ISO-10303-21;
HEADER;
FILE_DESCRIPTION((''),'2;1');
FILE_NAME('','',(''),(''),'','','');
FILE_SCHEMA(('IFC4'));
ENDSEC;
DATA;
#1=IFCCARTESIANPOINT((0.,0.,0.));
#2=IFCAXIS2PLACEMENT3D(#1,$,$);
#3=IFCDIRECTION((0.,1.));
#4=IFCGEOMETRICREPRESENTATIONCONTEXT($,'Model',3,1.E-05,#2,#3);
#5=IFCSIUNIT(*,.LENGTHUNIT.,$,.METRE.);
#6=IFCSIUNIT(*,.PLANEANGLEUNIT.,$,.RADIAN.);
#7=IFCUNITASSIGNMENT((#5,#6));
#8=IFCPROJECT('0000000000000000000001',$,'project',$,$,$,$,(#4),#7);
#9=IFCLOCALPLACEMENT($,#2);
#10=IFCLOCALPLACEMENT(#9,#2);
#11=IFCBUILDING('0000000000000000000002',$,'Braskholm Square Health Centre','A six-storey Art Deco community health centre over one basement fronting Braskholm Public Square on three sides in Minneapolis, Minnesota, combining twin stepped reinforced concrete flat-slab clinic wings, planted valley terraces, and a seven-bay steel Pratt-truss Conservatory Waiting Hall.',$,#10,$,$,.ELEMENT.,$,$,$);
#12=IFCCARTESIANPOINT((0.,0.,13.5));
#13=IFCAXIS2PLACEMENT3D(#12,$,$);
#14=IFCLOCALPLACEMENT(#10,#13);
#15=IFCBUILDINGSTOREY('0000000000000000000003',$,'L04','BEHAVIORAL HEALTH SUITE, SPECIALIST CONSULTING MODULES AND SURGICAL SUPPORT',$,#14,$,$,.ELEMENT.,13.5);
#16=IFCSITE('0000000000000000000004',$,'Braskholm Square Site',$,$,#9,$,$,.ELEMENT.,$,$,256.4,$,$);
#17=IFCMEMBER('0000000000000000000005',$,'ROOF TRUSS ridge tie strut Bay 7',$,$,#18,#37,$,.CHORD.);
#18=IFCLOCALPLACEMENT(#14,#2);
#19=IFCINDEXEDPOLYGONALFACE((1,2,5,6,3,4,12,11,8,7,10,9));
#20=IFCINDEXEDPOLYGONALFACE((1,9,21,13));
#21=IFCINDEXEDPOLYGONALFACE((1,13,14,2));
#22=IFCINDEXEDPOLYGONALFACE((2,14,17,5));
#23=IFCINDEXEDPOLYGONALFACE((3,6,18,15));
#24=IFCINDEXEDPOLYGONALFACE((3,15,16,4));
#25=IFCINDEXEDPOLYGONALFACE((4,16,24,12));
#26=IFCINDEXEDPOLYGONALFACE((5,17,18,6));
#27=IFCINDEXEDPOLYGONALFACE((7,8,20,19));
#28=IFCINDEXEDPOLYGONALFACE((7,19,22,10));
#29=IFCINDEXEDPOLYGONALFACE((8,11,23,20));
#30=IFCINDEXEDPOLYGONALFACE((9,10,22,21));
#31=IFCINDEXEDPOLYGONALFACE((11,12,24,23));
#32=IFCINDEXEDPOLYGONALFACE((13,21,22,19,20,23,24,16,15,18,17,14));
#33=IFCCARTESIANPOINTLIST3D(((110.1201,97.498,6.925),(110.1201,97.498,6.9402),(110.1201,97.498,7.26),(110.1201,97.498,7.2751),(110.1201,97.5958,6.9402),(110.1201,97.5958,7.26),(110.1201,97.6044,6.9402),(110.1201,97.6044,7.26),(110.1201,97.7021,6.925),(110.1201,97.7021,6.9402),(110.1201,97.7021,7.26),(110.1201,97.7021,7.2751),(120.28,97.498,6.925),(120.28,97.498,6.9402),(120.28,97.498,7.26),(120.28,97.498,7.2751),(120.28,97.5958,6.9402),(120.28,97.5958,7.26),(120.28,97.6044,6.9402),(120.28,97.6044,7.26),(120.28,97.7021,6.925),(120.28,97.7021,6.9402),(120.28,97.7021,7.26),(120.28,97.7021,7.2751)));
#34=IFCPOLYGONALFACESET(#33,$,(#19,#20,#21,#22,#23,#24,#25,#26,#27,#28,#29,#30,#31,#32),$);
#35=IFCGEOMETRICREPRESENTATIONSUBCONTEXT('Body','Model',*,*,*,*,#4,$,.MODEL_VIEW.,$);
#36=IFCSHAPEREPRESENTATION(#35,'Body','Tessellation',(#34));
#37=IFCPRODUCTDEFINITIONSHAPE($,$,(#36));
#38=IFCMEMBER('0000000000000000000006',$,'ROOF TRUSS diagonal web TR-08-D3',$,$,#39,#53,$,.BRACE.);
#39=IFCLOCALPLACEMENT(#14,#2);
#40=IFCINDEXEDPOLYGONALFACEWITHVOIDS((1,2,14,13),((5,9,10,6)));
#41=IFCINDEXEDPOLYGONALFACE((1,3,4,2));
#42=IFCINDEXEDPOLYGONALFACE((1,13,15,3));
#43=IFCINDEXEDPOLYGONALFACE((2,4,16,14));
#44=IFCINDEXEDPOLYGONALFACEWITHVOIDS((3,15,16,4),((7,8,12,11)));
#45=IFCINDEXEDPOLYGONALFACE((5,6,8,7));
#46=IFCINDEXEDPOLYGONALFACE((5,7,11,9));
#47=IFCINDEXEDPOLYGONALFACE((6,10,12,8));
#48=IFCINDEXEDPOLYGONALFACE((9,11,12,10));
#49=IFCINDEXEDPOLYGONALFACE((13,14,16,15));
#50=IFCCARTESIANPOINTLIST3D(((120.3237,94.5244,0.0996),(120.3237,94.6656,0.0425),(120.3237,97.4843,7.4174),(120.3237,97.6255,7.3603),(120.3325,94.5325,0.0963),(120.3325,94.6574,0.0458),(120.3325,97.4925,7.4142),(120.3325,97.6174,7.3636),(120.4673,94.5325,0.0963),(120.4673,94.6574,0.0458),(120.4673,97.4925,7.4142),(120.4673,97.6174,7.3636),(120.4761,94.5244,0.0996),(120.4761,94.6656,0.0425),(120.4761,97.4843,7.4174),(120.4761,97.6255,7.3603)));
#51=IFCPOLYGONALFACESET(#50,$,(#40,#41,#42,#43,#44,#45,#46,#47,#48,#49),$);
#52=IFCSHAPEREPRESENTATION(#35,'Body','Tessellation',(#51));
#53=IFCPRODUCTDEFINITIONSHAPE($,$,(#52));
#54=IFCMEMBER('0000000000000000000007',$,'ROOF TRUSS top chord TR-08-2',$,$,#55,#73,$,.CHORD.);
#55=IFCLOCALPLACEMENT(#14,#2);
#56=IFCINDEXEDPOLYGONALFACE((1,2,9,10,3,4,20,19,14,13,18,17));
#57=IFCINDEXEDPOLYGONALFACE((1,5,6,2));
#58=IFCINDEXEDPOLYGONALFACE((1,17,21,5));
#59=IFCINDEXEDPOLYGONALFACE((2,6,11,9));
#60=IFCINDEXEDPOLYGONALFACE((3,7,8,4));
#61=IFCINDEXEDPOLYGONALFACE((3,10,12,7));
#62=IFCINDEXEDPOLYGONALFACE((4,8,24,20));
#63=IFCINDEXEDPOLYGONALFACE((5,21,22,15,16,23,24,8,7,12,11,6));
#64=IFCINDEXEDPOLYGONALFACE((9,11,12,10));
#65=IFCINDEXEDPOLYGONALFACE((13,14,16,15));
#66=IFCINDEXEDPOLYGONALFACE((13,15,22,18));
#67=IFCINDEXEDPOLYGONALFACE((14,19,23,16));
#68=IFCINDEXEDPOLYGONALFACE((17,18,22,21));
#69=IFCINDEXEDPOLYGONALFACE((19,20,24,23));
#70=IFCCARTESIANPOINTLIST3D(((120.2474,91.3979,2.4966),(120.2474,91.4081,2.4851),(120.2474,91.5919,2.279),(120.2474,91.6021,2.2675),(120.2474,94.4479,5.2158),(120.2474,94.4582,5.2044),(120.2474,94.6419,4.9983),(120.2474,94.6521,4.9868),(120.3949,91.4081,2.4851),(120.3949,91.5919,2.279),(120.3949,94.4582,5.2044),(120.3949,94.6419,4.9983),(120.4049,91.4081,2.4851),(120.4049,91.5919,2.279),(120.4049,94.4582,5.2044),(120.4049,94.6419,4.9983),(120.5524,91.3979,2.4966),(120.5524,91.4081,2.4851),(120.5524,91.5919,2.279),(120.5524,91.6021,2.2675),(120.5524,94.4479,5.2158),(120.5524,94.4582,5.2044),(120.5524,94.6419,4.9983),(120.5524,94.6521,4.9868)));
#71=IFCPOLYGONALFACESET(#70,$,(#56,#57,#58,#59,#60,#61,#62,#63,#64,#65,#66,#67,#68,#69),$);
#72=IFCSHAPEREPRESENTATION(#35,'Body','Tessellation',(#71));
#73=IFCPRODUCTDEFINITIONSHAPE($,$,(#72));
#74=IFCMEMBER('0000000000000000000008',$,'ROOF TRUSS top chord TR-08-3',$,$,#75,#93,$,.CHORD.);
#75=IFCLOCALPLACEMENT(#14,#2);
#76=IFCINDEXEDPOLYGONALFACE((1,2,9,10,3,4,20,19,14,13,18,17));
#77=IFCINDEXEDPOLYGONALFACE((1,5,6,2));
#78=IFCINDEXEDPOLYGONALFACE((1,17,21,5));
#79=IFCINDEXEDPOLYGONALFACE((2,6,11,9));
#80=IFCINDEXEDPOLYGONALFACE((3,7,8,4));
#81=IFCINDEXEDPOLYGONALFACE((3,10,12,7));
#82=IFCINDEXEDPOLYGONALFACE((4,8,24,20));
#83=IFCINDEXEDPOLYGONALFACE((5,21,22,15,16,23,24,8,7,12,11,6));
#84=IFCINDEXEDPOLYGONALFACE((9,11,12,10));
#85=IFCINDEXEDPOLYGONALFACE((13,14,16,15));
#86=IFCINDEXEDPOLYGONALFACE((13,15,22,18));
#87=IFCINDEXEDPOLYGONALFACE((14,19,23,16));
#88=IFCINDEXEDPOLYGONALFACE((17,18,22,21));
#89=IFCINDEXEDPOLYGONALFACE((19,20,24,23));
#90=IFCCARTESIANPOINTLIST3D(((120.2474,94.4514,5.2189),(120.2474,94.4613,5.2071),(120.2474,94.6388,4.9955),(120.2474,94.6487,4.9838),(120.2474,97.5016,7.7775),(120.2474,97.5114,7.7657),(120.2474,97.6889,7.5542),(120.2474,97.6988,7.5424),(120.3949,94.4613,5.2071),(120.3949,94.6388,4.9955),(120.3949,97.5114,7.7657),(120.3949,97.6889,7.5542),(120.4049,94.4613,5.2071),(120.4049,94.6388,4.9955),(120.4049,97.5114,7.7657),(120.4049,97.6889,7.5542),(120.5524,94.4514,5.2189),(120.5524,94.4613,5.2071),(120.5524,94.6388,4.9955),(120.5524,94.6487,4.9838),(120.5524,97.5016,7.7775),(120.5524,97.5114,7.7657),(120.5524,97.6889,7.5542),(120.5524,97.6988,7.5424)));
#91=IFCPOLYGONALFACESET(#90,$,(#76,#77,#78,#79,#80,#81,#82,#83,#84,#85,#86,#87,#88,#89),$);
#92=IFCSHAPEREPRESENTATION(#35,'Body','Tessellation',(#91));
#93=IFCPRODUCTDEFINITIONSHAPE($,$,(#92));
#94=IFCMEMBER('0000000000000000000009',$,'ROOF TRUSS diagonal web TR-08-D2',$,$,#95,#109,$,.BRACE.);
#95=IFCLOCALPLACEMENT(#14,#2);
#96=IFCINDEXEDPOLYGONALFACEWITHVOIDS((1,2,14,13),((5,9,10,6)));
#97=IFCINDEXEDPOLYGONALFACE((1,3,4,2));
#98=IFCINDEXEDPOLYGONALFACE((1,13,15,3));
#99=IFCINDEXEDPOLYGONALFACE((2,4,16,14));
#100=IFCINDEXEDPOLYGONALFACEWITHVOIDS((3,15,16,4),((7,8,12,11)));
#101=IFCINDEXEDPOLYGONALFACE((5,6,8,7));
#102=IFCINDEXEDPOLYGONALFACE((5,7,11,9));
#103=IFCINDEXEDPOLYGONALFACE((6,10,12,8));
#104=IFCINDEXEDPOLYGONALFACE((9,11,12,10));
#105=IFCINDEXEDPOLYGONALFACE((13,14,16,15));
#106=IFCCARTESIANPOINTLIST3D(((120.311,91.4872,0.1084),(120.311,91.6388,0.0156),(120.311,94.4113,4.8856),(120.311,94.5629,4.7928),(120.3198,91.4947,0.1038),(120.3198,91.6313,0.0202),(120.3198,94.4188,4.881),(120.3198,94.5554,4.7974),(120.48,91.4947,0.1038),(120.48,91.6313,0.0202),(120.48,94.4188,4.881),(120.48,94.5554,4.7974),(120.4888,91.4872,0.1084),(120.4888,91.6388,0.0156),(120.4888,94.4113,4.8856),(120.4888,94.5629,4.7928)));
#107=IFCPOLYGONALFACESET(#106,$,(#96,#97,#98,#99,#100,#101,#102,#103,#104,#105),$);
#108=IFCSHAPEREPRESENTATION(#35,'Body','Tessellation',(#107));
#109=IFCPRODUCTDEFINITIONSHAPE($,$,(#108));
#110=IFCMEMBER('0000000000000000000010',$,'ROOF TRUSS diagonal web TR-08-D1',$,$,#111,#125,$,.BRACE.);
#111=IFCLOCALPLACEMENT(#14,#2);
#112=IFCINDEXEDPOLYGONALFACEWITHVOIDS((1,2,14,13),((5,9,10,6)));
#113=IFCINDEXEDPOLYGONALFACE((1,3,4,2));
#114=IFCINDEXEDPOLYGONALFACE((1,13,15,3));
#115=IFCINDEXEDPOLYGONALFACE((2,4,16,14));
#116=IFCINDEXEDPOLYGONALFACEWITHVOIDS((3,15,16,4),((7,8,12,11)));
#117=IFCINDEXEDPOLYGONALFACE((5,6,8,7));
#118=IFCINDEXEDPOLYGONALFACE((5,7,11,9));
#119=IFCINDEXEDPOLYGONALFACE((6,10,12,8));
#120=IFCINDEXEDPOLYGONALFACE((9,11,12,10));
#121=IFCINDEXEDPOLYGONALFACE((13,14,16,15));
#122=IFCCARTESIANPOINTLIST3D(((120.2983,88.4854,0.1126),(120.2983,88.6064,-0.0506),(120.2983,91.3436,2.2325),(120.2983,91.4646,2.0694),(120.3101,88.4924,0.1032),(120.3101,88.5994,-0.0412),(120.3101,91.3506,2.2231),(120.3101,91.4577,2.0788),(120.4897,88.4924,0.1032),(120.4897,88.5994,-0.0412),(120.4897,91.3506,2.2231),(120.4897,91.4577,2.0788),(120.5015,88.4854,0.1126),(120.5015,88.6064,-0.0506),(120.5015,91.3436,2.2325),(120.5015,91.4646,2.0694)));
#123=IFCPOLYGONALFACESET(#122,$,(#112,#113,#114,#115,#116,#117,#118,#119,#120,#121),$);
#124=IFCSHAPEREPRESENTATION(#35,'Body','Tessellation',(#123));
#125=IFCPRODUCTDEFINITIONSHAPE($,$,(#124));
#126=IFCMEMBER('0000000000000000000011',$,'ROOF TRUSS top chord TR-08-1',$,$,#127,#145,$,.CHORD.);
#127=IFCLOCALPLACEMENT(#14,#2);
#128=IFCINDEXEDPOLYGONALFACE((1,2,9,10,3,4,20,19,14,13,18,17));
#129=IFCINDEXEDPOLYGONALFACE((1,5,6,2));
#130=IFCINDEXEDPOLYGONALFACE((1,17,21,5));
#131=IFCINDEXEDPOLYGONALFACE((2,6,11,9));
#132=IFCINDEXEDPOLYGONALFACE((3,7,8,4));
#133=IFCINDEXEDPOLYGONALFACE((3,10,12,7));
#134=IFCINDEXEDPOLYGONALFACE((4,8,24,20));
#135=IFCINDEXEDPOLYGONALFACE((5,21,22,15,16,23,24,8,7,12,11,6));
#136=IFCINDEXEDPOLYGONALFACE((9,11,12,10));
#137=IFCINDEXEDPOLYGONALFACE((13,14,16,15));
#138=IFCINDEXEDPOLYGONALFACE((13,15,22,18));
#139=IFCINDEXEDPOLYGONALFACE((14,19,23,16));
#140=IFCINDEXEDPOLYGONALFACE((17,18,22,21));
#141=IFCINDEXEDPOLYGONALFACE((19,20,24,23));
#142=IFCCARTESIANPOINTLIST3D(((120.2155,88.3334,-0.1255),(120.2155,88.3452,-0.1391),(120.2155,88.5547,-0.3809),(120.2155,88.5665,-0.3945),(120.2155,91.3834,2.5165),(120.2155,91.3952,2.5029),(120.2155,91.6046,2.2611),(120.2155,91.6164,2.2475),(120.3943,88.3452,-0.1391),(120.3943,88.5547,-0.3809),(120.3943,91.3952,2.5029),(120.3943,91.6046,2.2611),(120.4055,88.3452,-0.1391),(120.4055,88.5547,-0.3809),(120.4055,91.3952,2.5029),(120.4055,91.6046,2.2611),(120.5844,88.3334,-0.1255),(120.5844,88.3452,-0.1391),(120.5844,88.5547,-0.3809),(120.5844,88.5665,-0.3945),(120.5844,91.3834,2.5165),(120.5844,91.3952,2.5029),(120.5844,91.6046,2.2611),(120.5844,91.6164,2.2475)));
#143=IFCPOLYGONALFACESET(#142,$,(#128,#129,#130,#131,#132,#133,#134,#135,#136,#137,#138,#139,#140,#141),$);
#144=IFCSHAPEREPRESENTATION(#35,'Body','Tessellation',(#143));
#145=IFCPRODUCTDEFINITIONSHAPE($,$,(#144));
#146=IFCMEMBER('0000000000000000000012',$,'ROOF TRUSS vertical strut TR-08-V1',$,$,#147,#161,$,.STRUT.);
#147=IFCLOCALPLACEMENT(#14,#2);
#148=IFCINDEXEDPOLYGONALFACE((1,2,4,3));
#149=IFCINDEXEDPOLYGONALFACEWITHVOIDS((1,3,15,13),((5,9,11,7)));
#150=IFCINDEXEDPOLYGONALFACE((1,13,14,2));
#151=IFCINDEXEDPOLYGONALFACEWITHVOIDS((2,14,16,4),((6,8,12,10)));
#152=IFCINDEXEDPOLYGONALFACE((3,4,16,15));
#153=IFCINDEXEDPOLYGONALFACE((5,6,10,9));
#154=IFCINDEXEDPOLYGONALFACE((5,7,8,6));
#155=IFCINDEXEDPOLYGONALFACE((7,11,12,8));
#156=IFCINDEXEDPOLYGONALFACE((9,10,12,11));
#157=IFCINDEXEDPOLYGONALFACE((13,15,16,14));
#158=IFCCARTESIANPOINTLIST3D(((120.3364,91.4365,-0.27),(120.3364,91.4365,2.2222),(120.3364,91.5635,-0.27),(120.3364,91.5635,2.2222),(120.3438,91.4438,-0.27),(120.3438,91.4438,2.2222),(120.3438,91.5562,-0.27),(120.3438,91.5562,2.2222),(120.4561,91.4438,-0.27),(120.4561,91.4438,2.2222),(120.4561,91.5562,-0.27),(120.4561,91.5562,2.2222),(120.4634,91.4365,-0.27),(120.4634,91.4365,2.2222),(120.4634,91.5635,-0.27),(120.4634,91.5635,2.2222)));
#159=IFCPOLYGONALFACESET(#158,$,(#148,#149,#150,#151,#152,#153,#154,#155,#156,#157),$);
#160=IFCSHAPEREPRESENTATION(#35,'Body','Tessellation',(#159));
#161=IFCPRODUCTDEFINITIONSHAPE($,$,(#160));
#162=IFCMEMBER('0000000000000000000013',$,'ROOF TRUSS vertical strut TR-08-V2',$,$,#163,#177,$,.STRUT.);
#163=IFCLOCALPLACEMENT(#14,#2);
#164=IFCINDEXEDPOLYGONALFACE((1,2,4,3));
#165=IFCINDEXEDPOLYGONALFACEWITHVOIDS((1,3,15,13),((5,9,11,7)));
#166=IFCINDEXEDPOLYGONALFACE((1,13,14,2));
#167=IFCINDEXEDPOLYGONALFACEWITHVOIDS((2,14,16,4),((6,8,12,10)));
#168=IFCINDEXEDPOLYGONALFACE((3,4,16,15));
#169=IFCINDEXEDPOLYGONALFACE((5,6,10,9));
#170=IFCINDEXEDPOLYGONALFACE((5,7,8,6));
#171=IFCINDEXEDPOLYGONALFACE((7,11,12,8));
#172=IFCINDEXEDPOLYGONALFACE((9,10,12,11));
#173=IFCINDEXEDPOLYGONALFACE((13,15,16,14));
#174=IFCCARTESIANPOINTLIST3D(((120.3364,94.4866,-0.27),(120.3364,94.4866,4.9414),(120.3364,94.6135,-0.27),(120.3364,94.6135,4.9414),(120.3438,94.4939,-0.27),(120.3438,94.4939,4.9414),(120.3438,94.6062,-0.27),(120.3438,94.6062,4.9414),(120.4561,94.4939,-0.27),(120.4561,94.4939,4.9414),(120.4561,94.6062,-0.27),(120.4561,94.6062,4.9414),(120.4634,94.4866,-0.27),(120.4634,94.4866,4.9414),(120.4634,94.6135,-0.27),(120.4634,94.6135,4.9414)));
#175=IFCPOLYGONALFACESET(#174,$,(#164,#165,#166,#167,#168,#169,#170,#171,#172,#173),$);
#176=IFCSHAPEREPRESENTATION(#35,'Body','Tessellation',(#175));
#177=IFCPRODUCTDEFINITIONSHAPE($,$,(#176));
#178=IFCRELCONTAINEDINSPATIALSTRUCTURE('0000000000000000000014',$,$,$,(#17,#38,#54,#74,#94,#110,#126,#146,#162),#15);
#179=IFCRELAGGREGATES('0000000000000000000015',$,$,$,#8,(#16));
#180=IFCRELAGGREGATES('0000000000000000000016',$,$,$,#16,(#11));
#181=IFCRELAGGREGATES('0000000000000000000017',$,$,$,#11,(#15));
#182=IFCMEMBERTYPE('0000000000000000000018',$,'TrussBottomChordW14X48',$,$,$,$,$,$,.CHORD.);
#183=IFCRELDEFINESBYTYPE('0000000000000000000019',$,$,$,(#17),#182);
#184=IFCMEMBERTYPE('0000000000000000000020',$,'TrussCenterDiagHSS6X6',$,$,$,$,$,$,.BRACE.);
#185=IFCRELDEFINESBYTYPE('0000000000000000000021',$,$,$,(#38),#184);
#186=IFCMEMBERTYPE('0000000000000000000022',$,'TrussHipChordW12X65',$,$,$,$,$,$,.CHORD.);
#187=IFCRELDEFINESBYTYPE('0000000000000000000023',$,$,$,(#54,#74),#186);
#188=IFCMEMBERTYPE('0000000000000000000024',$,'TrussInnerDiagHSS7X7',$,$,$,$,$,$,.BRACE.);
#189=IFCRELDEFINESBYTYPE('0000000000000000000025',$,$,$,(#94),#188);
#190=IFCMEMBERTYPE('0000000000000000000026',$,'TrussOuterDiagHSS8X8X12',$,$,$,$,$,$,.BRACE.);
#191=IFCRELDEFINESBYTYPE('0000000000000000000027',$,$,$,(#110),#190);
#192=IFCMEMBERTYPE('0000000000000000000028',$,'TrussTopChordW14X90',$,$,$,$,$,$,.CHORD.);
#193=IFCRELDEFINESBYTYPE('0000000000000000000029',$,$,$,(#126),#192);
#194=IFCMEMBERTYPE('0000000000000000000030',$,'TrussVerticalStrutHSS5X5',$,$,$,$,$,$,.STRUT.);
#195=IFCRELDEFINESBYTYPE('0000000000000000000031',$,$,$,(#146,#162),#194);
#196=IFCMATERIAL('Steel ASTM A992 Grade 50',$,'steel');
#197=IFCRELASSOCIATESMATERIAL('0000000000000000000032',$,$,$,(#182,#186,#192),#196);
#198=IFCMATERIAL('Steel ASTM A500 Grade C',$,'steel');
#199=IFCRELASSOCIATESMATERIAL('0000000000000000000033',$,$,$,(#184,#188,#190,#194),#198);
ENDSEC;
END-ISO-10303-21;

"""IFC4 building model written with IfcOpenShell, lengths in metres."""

from ifc_helpers import new_model, si_unit, direction, frame, origin, origin_2d, place, context, subcontext, project, spatial, hollow_rectangle, i_section, extrude, material, material_profile, profile_set, type_object, element, save


model = new_model("IFC4")

# Units and contexts
model_context = context("Model", 3, precision=1e-05, world=origin(), true_north=direction((0.0, 1.0)))
body_context = subcontext(model_context, "Body", "Model", "MODEL_VIEW")
ifc_project = project(units=[si_unit("LENGTHUNIT", "METRE"), si_unit("PLANEANGLEUNIT", "RADIAN")], contexts=[model_context])

# Site, building, storey
site_placement = place(None, origin())
site = spatial("IfcSite", under=ifc_project, at=site_placement, Name="Braskholm Square Site", CompositionType="ELEMENT", RefElevation=256.4)
building_placement = place(site_placement, origin())
building = spatial("IfcBuilding", under=site, at=building_placement, Name="Braskholm Square Health Centre", Description="A six-storey Art Deco community health centre over one basement fronting Braskholm Public Square on three sides in Minneapolis, Minnesota, combining twin stepped reinforced concrete flat-slab clinic wings, planted valley terraces, and a seven-bay steel Pratt-truss Conservatory Waiting Hall.", CompositionType="ELEMENT")
storey_placement = place(building_placement, frame((0.0, 0.0, 13.5)))
storey = spatial("IfcBuildingStorey", under=building, at=storey_placement, Name="L04", Description="BEHAVIORAL HEALTH SUITE, SPECIALIST CONSULTING MODULES AND SURGICAL SUPPORT", CompositionType="ELEMENT", Elevation=13.5)

# Shared definitions
ifc_material_1 = material(Name="Steel ASTM A992 Grade 50", Category="steel")

# Shared definitions
ifc_material_2 = material(Name="Steel ASTM A500 Grade C", Category="steel")

# Members
ifc_material_profile_1 = material_profile(ifc_material_1, i_section(OverallWidth=0.2041, OverallDepth=0.3501, WebThickness=0.0085, FlangeThickness=0.0151, at=origin_2d()), Name="W14X48")
ifc_profile_set_1 = profile_set([ifc_material_profile_1], Name="Steel ASTM A992 Grade 50")
member_type_1 = type_object("IfcMemberType", Name="TrussBottomChordW14X48", PredefinedType="CHORD", material=ifc_profile_set_1)
member_1_placement = place(storey_placement, frame((110.1201, 97.6001, 7.1001), z_axis=(1.0, 0.0, 0.0), x_axis=(0.0, 1.0, 0.0)))
element("IfcMember", 1, at=member_1_placement, inside=storey, type_object=member_type_1, Name="ROOF TRUSS ridge tie strut Bay 7", PredefinedType="CHORD", context=body_context, shape_type="SweptSolid", body=[
    extrude(i_section(OverallWidth=0.2041, OverallDepth=0.3501, WebThickness=0.0085, FlangeThickness=0.0151, at=origin_2d()), origin(), (0.0, 0.0, 1.0), 10.1599),
])
ifc_material_profile_2 = material_profile(ifc_material_2, hollow_rectangle(XDim=0.1523, YDim=0.1523, WallThickness=0.0088, at=origin_2d()), Name="HSS6X6X3/8")
ifc_profile_set_2 = profile_set([ifc_material_profile_2], Name="Steel ASTM A500 Grade C")
member_type_2 = type_object("IfcMemberType", Name="TrussCenterDiagHSS6X6", PredefinedType="BRACE", material=ifc_profile_set_2)
member_2_placement = place(storey_placement, frame((120.3999, 94.595, 0.071), z_axis=(0.0, 0.374971, 0.927036), x_axis=(-1.0, 0.0, 0.0)))
element("IfcMember", 2, at=member_2_placement, inside=storey, type_object=member_type_2, Name="ROOF TRUSS diagonal web TR-08-D3", PredefinedType="BRACE", context=body_context, shape_type="SweptSolid", body=[
    extrude(hollow_rectangle(XDim=0.1523, YDim=0.1523, WallThickness=0.0088, at=origin_2d()), origin(), (0.0, 0.0, 1.0), 7.8938),
])
ifc_material_profile_3 = material_profile(ifc_material_1, i_section(OverallWidth=0.3049, OverallDepth=0.3069, WebThickness=0.01, FlangeThickness=0.0154, at=origin_2d()), Name="W12X65")
ifc_profile_set_3 = profile_set([ifc_material_profile_3], Name="Steel ASTM A992 Grade 50")
member_type_3 = type_object("IfcMemberType", Name="TrussHipChordW12X65", PredefinedType="CHORD", material=ifc_profile_set_3)
member_3_placement = place(storey_placement, frame((120.3999, 91.5, 2.3821), z_axis=(0.0, 0.746426, 0.665468), x_axis=(-1.0, 0.0, 0.0)))
element("IfcMember", 3, at=member_3_placement, inside=storey, type_object=member_type_3, Name="ROOF TRUSS top chord TR-08-2", PredefinedType="CHORD", context=body_context, shape_type="SweptSolid", body=[
    extrude(i_section(OverallWidth=0.3049, OverallDepth=0.3069, WebThickness=0.01, FlangeThickness=0.0154, at=origin_2d()), origin(), (0.0, 0.0, 1.0), 4.0862),
])
member_4_placement = place(storey_placement, frame((120.3999, 94.55, 5.1013), z_axis=(0.0, 0.766131, 0.642684), x_axis=(-1.0, 0.0, 0.0)))
element("IfcMember", 4, at=member_4_placement, inside=storey, type_object=member_type_3, Name="ROOF TRUSS top chord TR-08-3", PredefinedType="CHORD", context=body_context, shape_type="SweptSolid", body=[
    extrude(i_section(OverallWidth=0.3049, OverallDepth=0.3069, WebThickness=0.01, FlangeThickness=0.0154, at=origin_2d()), origin(), (0.0, 0.0, 1.0), 3.9812),
])
ifc_material_profile_4 = material_profile(ifc_material_2, hollow_rectangle(XDim=0.1777, YDim=0.1777, WallThickness=0.0088, at=origin_2d()), Name="HSS7X7X3/8")
ifc_profile_set_4 = profile_set([ifc_material_profile_4], Name="Steel ASTM A500 Grade C")
member_type_4 = type_object("IfcMemberType", Name="TrussInnerDiagHSS7X7", PredefinedType="BRACE", material=ifc_profile_set_4)
member_5_placement = place(storey_placement, frame((120.3999, 91.563, 0.062), z_axis=(0.0, 0.522065, 0.852906), x_axis=(-1.0, 0.0, 0.0)))
element("IfcMember", 5, at=member_5_placement, inside=storey, type_object=member_type_4, Name="ROOF TRUSS diagonal web TR-08-D2", PredefinedType="BRACE", context=body_context, shape_type="SweptSolid", body=[
    extrude(hollow_rectangle(XDim=0.1777, YDim=0.1777, WallThickness=0.0088, at=origin_2d()), origin(), (0.0, 0.0, 1.0), 5.6011),
])
ifc_material_profile_5 = material_profile(ifc_material_2, hollow_rectangle(XDim=0.2031, YDim=0.2031, WallThickness=0.0117, at=origin_2d()), Name="HSS8X8X1/2")
ifc_profile_set_5 = profile_set([ifc_material_profile_5], Name="Steel ASTM A500 Grade C")
member_type_5 = type_object("IfcMemberType", Name="TrussOuterDiagHSS8X8X12", PredefinedType="BRACE", material=ifc_profile_set_5)
member_6_placement = place(storey_placement, frame((120.3999, 88.5459, 0.031), z_axis=(0.0, 0.803191, 0.595721), x_axis=(-1.0, 0.0, 0.0)))
element("IfcMember", 6, at=member_6_placement, inside=storey, type_object=member_type_5, Name="ROOF TRUSS diagonal web TR-08-D1", PredefinedType="BRACE", context=body_context, shape_type="SweptSolid", body=[
    extrude(hollow_rectangle(XDim=0.2031, YDim=0.2031, WallThickness=0.0117, at=origin_2d()), origin(), (0.0, 0.0, 1.0), 3.5586),
])
ifc_material_profile_6 = material_profile(ifc_material_1, i_section(OverallWidth=0.3689, OverallDepth=0.356, WebThickness=0.0112, FlangeThickness=0.0181, at=origin_2d()), Name="W14X90")
ifc_profile_set_6 = profile_set([ifc_material_profile_6], Name="Steel ASTM A992 Grade 50")
member_type_6 = type_object("IfcMemberType", Name="TrussTopChordW14X90", PredefinedType="CHORD", material=ifc_profile_set_6)
member_7_placement = place(storey_placement, frame((120.3999, 88.45, -0.26), z_axis=(0.0, 0.755847, 0.654749), x_axis=(-1.0, 0.0, 0.0)))
element("IfcMember", 7, at=member_7_placement, inside=storey, type_object=member_type_6, Name="ROOF TRUSS top chord TR-08-1", PredefinedType="CHORD", context=body_context, shape_type="SweptSolid", body=[
    extrude(i_section(OverallWidth=0.3689, OverallDepth=0.356, WebThickness=0.0112, FlangeThickness=0.0181, at=origin_2d()), origin(), (0.0, 0.0, 1.0), 4.0352),
])
ifc_material_profile_7 = material_profile(ifc_material_2, hollow_rectangle(XDim=0.127, YDim=0.127, WallThickness=0.0073, at=origin_2d()), Name="HSS5X5X5/16")
ifc_profile_set_7 = profile_set([ifc_material_profile_7], Name="Steel ASTM A500 Grade C")
member_type_7 = type_object("IfcMemberType", Name="TrussVerticalStrutHSS5X5", PredefinedType="STRUT", material=ifc_profile_set_7)
member_8_placement = place(storey_placement, frame((120.3999, 91.5, -0.27), z_axis=(0.0, 0.0, 1.0), x_axis=(1.0, 0.0, 0.0)))
element("IfcMember", 8, at=member_8_placement, inside=storey, type_object=member_type_7, Name="ROOF TRUSS vertical strut TR-08-V1", PredefinedType="STRUT", context=body_context, shape_type="SweptSolid", body=[
    extrude(hollow_rectangle(XDim=0.127, YDim=0.127, WallThickness=0.0073, at=origin_2d()), origin(), (0.0, 0.0, 1.0), 2.4922),
])
member_9_placement = place(storey_placement, frame((120.3999, 94.55, -0.27), z_axis=(0.0, 0.0, 1.0), x_axis=(1.0, 0.0, 0.0)))
element("IfcMember", 9, at=member_9_placement, inside=storey, type_object=member_type_7, Name="ROOF TRUSS vertical strut TR-08-V2", PredefinedType="STRUT", context=body_context, shape_type="SweptSolid", body=[
    extrude(hollow_rectangle(XDim=0.127, YDim=0.127, WallThickness=0.0073, at=origin_2d()), origin(), (0.0, 0.0, 1.0), 5.2114),
])

save(model, "model.ifc")
